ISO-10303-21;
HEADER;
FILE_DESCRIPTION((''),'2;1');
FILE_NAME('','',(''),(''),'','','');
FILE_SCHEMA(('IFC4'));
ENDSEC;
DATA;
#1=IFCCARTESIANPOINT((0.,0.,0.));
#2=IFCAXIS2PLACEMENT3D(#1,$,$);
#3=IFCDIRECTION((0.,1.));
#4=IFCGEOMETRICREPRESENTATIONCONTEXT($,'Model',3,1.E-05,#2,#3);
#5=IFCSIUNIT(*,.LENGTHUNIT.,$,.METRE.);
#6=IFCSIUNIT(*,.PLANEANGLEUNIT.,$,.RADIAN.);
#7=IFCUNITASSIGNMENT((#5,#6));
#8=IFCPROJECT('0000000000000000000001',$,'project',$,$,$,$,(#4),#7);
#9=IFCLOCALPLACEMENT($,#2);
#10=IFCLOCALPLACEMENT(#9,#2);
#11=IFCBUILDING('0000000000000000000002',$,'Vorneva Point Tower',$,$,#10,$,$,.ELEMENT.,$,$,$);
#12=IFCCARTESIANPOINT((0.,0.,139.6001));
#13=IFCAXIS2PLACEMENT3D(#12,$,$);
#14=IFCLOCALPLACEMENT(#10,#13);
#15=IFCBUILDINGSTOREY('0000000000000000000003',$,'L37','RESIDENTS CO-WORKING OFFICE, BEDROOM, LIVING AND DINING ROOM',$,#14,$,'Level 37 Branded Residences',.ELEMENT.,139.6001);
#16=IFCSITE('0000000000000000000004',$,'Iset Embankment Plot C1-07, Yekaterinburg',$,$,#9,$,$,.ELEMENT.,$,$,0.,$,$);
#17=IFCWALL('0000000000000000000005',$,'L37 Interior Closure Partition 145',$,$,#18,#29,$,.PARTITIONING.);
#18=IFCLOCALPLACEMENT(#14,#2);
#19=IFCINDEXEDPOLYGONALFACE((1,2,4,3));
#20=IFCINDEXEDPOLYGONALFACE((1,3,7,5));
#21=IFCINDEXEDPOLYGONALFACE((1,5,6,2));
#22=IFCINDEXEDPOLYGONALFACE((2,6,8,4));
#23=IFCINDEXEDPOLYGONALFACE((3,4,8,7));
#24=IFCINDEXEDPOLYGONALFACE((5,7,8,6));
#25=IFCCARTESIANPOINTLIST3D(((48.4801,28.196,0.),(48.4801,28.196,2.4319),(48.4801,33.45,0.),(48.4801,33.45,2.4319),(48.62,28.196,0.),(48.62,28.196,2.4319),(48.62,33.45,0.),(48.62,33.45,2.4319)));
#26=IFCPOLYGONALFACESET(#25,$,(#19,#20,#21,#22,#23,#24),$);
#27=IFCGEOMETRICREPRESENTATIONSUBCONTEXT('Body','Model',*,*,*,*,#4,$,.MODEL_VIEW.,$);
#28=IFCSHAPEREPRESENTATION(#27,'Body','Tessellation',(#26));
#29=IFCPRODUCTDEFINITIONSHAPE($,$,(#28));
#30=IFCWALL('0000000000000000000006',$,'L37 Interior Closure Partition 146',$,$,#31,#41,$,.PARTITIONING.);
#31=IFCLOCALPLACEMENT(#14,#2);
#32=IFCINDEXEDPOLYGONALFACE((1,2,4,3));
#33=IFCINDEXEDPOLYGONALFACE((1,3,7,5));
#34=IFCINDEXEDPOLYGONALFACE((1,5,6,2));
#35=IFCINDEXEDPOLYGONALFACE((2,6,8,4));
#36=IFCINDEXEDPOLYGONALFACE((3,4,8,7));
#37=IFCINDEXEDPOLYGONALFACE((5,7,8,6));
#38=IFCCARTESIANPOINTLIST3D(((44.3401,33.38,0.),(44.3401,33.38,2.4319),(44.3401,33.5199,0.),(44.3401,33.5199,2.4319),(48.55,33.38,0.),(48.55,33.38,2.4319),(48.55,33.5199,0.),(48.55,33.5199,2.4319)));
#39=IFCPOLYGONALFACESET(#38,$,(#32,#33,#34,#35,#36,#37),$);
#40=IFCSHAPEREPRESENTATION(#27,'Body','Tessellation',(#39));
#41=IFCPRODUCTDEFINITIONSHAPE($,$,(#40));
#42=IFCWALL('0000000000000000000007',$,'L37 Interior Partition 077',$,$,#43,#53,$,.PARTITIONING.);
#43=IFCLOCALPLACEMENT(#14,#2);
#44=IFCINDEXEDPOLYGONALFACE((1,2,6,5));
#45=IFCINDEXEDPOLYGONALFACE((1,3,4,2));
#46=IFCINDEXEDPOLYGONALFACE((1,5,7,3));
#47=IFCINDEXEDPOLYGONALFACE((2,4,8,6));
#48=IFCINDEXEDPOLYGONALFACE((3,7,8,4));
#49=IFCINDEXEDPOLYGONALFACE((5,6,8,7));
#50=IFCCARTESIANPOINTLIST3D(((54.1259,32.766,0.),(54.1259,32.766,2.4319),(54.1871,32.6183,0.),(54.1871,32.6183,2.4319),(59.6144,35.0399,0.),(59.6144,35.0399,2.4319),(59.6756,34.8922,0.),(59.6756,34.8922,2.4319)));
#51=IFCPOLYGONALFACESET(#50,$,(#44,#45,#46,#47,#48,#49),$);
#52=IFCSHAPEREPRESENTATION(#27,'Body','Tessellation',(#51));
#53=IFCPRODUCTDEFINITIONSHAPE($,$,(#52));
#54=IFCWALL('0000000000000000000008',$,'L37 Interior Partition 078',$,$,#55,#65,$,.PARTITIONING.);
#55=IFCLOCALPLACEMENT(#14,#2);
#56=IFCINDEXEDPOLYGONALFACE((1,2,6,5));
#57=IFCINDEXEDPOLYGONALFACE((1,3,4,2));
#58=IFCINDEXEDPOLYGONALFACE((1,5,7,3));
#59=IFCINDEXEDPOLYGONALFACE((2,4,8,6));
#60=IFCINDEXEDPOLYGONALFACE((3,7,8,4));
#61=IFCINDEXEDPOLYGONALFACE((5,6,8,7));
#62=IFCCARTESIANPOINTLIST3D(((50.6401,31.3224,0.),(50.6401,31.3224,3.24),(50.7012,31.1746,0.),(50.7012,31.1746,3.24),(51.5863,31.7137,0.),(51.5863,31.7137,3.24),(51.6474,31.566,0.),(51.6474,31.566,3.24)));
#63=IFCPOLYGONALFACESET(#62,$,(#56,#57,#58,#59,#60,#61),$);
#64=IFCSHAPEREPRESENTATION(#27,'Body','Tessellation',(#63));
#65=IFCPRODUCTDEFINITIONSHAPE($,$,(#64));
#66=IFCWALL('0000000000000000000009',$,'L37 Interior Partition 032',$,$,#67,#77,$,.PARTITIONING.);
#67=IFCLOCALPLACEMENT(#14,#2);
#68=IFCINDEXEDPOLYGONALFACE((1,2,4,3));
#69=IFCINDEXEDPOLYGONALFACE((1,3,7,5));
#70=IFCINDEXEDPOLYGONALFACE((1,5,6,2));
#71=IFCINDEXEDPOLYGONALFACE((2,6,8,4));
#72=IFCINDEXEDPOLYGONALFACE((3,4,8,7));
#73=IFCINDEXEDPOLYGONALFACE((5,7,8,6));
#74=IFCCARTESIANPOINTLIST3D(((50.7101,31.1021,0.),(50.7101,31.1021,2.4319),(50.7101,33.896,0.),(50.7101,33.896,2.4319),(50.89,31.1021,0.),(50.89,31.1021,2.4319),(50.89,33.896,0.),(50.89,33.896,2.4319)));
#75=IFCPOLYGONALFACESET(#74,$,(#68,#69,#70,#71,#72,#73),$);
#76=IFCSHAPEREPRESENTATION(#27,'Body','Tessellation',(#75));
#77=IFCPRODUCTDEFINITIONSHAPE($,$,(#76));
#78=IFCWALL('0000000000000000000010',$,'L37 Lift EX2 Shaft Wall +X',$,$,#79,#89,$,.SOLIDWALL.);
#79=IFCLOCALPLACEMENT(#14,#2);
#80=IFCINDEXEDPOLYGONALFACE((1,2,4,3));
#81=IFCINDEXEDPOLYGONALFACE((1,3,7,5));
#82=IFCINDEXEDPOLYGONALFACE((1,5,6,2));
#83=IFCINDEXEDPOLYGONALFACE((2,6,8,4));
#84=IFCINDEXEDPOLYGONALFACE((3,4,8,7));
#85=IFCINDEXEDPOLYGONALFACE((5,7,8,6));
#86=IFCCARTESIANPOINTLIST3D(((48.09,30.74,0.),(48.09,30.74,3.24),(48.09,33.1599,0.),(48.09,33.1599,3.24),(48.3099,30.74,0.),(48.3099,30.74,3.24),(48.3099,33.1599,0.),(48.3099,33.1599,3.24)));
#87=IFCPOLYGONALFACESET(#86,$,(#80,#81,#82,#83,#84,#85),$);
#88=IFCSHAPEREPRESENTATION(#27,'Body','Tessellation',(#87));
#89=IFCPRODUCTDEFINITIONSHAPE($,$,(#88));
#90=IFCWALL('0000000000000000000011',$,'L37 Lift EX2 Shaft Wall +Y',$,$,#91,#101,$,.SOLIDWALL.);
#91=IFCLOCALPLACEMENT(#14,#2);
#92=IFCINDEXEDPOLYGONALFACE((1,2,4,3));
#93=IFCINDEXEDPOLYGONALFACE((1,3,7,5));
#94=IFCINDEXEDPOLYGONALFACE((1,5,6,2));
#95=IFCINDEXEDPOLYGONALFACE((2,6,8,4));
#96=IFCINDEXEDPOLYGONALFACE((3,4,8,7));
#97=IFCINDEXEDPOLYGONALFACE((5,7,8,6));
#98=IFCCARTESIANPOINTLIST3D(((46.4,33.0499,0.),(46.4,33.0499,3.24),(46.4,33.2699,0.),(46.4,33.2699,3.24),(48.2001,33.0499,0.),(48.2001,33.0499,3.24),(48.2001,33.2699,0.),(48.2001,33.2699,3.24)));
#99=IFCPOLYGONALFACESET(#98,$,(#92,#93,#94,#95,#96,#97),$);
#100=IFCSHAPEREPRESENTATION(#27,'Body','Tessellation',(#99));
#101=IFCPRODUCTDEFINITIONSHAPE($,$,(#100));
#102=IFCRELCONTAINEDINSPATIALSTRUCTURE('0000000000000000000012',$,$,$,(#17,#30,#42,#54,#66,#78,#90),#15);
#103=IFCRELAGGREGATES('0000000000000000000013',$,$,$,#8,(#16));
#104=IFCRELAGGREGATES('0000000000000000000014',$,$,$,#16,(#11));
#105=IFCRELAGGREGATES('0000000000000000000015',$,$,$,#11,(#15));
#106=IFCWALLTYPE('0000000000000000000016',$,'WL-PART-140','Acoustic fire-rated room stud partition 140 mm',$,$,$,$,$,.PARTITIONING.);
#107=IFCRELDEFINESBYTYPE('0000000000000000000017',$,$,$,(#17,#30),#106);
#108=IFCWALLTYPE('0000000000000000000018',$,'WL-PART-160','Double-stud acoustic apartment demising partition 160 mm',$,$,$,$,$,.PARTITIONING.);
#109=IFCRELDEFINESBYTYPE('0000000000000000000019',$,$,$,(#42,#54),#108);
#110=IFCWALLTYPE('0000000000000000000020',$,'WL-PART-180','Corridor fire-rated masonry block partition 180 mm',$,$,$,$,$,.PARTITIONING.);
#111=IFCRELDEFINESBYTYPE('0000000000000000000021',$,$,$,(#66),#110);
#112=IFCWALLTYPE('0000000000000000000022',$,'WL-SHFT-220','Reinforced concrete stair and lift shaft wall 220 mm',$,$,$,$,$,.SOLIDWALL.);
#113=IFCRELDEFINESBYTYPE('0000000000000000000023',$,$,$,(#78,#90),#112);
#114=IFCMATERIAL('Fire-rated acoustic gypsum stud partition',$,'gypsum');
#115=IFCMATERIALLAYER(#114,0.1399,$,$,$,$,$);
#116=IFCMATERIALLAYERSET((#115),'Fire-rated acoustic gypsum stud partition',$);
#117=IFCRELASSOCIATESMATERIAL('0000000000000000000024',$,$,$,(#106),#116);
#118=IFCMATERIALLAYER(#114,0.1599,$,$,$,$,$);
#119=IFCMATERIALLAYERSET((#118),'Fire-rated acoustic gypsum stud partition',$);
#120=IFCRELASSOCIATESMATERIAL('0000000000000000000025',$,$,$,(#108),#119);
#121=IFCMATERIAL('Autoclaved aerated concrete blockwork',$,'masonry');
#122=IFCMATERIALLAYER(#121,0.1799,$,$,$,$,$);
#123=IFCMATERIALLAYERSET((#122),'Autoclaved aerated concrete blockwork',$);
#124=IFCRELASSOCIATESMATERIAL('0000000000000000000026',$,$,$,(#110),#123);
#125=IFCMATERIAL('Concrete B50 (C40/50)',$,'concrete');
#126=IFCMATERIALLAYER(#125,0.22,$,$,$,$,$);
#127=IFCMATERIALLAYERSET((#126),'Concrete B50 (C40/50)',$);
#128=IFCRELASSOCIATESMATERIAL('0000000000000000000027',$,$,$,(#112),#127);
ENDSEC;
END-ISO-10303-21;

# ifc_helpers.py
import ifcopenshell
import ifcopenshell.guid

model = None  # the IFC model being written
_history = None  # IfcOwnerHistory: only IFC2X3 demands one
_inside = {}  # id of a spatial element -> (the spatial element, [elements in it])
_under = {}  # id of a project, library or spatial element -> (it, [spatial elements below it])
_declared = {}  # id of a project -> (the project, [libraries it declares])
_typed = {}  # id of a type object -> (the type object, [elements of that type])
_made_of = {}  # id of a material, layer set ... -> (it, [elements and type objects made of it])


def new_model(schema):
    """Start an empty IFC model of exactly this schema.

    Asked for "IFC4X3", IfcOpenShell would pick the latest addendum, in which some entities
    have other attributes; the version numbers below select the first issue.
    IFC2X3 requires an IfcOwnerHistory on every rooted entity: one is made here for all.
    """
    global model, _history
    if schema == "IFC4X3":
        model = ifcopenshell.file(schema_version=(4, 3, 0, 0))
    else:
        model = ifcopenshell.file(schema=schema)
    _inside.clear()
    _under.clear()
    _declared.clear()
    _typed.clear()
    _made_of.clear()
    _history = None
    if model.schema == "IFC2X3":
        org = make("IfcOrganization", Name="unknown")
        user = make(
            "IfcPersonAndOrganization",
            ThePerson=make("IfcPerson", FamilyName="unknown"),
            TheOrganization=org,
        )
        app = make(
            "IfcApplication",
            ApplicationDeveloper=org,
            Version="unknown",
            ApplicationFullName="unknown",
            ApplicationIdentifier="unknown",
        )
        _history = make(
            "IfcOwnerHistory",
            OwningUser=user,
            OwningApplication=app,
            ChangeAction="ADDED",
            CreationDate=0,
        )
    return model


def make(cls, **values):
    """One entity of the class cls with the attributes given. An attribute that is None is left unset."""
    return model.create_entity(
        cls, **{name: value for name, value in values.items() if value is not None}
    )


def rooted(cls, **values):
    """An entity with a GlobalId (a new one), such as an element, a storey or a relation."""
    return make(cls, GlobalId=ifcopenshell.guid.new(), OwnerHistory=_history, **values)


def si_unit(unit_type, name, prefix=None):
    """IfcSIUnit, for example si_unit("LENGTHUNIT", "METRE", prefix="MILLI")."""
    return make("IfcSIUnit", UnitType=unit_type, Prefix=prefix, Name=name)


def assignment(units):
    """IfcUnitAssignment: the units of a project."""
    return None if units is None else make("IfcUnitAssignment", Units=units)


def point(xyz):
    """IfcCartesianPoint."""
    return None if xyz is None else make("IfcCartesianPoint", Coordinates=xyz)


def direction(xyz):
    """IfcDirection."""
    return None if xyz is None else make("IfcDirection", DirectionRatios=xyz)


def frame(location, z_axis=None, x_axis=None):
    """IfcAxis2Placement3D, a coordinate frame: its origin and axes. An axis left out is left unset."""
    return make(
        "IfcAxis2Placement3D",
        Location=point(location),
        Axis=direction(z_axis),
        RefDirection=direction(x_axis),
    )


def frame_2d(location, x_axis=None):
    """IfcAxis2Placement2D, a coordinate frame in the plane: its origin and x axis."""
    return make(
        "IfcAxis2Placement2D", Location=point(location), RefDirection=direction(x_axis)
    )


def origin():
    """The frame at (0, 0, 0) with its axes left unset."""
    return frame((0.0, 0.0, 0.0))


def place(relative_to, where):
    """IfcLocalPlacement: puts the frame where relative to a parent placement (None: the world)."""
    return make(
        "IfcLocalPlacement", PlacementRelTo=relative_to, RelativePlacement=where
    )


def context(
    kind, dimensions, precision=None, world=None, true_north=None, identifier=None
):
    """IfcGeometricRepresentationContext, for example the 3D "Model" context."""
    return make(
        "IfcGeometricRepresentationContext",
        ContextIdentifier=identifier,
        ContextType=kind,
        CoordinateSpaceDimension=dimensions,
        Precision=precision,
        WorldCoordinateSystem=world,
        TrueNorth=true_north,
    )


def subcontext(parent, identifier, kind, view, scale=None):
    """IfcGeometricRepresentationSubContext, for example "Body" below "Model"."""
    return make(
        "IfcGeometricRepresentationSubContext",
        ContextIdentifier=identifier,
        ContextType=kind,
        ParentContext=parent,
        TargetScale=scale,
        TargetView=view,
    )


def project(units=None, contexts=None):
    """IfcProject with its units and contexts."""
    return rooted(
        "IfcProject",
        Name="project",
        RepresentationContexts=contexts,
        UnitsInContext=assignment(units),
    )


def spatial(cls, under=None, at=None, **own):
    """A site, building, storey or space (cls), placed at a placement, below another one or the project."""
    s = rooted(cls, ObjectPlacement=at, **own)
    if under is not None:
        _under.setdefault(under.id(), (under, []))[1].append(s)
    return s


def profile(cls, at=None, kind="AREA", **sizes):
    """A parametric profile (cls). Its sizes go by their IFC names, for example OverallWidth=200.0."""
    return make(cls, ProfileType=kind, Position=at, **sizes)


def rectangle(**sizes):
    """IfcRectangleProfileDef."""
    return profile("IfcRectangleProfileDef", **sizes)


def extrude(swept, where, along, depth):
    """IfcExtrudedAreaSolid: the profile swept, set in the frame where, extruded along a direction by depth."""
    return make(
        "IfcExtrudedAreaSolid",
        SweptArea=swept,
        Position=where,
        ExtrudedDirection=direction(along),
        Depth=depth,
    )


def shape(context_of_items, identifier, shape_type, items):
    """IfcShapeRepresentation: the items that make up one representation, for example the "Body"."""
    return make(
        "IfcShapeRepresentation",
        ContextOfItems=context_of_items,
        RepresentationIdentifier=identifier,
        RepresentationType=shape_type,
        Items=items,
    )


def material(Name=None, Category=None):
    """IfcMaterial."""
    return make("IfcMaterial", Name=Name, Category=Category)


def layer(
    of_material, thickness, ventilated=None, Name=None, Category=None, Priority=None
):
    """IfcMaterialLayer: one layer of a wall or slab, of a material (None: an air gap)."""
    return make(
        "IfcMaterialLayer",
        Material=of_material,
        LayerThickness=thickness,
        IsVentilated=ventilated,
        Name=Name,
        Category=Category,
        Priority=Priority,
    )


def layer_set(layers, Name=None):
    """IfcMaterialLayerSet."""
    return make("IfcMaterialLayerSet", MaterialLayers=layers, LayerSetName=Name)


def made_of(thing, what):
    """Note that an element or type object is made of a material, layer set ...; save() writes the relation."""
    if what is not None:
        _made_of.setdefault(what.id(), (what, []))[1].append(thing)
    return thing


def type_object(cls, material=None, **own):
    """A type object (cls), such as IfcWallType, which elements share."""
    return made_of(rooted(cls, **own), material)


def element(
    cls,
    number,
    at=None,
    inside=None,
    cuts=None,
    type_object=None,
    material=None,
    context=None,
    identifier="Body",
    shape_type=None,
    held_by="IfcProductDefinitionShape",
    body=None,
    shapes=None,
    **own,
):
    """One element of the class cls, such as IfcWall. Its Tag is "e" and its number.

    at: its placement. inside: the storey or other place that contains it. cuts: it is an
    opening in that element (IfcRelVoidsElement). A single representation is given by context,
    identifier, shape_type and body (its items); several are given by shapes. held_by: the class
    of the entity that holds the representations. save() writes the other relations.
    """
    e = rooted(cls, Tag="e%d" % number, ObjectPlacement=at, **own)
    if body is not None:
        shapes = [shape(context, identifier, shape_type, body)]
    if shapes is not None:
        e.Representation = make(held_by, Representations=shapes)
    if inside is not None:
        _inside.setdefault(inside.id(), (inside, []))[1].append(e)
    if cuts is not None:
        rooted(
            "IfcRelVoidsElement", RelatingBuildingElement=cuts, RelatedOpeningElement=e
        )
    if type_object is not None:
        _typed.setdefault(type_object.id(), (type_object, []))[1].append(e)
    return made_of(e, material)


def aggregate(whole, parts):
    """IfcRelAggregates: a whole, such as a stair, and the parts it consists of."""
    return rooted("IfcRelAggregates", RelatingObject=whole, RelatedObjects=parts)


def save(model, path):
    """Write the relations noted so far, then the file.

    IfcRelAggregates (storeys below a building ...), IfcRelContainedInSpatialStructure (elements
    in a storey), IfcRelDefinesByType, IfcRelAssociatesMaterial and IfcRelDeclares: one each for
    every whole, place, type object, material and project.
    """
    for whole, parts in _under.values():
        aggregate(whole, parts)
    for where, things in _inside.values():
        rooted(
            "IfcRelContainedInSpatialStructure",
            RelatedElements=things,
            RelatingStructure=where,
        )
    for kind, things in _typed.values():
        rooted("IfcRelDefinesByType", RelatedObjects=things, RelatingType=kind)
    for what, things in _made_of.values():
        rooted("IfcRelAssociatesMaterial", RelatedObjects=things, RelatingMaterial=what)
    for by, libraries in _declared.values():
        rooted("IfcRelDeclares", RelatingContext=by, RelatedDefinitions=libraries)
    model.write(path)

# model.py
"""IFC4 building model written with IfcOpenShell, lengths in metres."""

from ifc_helpers import new_model, si_unit, direction, frame, frame_2d, origin, place, context, subcontext, project, spatial, rectangle, extrude, material, layer, layer_set, type_object, element, save


model = new_model("IFC4")

# Units and contexts
model_context = context("Model", 3, precision=1e-05, world=origin(), true_north=direction((0.0, 1.0)))
body_context = subcontext(model_context, "Body", "Model", "MODEL_VIEW")
ifc_project = project(units=[si_unit("LENGTHUNIT", "METRE"), si_unit("PLANEANGLEUNIT", "RADIAN")], contexts=[model_context])

# Site, building, storey
site_placement = place(None, origin())
site = spatial("IfcSite", under=ifc_project, at=site_placement, Name="Iset Embankment Plot C1-07, Yekaterinburg", CompositionType="ELEMENT", RefElevation=0.0)
building_placement = place(site_placement, origin())
building = spatial("IfcBuilding", under=site, at=building_placement, Name="Vorneva Point Tower", CompositionType="ELEMENT")
storey_placement = place(building_placement, frame((0.0, 0.0, 139.6001)))
storey = spatial("IfcBuildingStorey", under=building, at=storey_placement, Name="L37", Description="RESIDENTS CO-WORKING OFFICE, BEDROOM, LIVING AND DINING ROOM", LongName="Level 37 Branded Residences", CompositionType="ELEMENT", Elevation=139.6001)

# Shared definitions
ifc_material_1 = material(Name="Fire-rated acoustic gypsum stud partition", Category="gypsum")

# Walls
ifc_layer_1 = layer(ifc_material_1, 0.1399)
ifc_layer_set_1 = layer_set([ifc_layer_1], Name="Fire-rated acoustic gypsum stud partition")
wall_type_1 = type_object("IfcWallType", Name="WL-PART-140", Description="Acoustic fire-rated room stud partition 140 mm", PredefinedType="PARTITIONING", material=ifc_layer_set_1)
wall_1_placement = place(storey_placement, frame((48.55, 28.196, 0.0), z_axis=(0.0, 0.0, 1.0), x_axis=(0.0, 1.0, 0.0)))
element("IfcWall", 1, at=wall_1_placement, inside=storey, type_object=wall_type_1, Name="L37 Interior Closure Partition 145", PredefinedType="PARTITIONING", context=body_context, shape_type="SweptSolid", body=[
    extrude(rectangle(XDim=5.2539, YDim=0.1399, at=frame_2d((2.627, 0.0))), origin(), (0.0, 0.0, 1.0), 2.4319),
])
wall_2_placement = place(storey_placement, frame((48.55, 33.45, 0.0), z_axis=(0.0, 0.0, 1.0), x_axis=(-1.0, 0.0, 0.0)))
element("IfcWall", 2, at=wall_2_placement, inside=storey, type_object=wall_type_1, Name="L37 Interior Closure Partition 146", PredefinedType="PARTITIONING", context=body_context, shape_type="SweptSolid", body=[
    extrude(rectangle(XDim=4.21, YDim=0.1399, at=frame_2d((2.105, 0.0))), origin(), (0.0, 0.0, 1.0), 2.4319),
])
ifc_layer_2 = layer(ifc_material_1, 0.1599)
ifc_layer_set_2 = layer_set([ifc_layer_2], Name="Fire-rated acoustic gypsum stud partition")
wall_type_2 = type_object("IfcWallType", Name="WL-PART-160", Description="Double-stud acoustic apartment demising partition 160 mm", PredefinedType="PARTITIONING", material=ifc_layer_set_2)
wall_3_placement = place(storey_placement, frame((54.1565, 32.6921, 0.0), z_axis=(0.0, 0.0, 1.0), x_axis=(0.92385, 0.382756, 0.0)))
element("IfcWall", 3, at=wall_3_placement, inside=storey, type_object=wall_type_2, Name="L37 Interior Partition 077", PredefinedType="PARTITIONING", context=body_context, shape_type="SweptSolid", body=[
    extrude(rectangle(XDim=5.9409, YDim=0.1599, at=frame_2d((2.9705, 0.0))), origin(), (0.0, 0.0, 1.0), 2.4319),
])
wall_4_placement = place(storey_placement, frame((50.6707, 31.2485, 0.0), z_axis=(0.0, 0.0, 1.0), x_axis=(0.924089, 0.382176, 0.0)))
element("IfcWall", 4, at=wall_4_placement, inside=storey, type_object=wall_type_2, Name="L37 Interior Partition 078", PredefinedType="PARTITIONING", context=body_context, shape_type="SweptSolid", body=[
    extrude(rectangle(XDim=1.0239, YDim=0.1599, at=frame_2d((0.512, 0.0))), origin(), (0.0, 0.0, 1.0), 3.24),
])

# Shared definitions
ifc_material_2 = material(Name="Autoclaved aerated concrete blockwork", Category="masonry")
ifc_layer_3 = layer(ifc_material_2, 0.1799)
ifc_layer_set_3 = layer_set([ifc_layer_3], Name="Autoclaved aerated concrete blockwork")
wall_type_3 = type_object("IfcWallType", Name="WL-PART-180", Description="Corridor fire-rated masonry block partition 180 mm", PredefinedType="PARTITIONING", material=ifc_layer_set_3)

# Walls
wall_5_placement = place(storey_placement, frame((50.8, 31.1021, 0.0), z_axis=(0.0, 0.0, 1.0), x_axis=(0.0, 1.0, 0.0)))
element("IfcWall", 5, at=wall_5_placement, inside=storey, type_object=wall_type_3, Name="L37 Interior Partition 032", PredefinedType="PARTITIONING", context=body_context, shape_type="SweptSolid", body=[
    extrude(rectangle(XDim=2.7939, YDim=0.1799, at=frame_2d((1.397, 0.0))), origin(), (0.0, 0.0, 1.0), 2.4319),
])
ifc_material_3 = material(Name="Concrete B50 (C40/50)", Category="concrete")
ifc_layer_4 = layer(ifc_material_3, 0.22)
ifc_layer_set_4 = layer_set([ifc_layer_4], Name="Concrete B50 (C40/50)")
wall_type_4 = type_object("IfcWallType", Name="WL-SHFT-220", Description="Reinforced concrete stair and lift shaft wall 220 mm", PredefinedType="SOLIDWALL", material=ifc_layer_set_4)
wall_6_placement = place(storey_placement, frame((48.2, 30.74, 0.0), z_axis=(0.0, 0.0, 1.0), x_axis=(0.0, 1.0, 0.0)))
element("IfcWall", 6, at=wall_6_placement, inside=storey, type_object=wall_type_4, Name="L37 Lift EX2 Shaft Wall +X", PredefinedType="SOLIDWALL", context=body_context, shape_type="SweptSolid", body=[
    extrude(rectangle(XDim=2.4199, YDim=0.22, at=frame_2d((1.21, 0.0))), origin(), (0.0, 0.0, 1.0), 3.24),
])
wall_7_placement = place(storey_placement, frame((48.2, 33.1599, 0.0), z_axis=(0.0, 0.0, 1.0), x_axis=(-1.0, 0.0, 0.0)))
element("IfcWall", 7, at=wall_7_placement, inside=storey, type_object=wall_type_4, Name="L37 Lift EX2 Shaft Wall +Y", PredefinedType="SOLIDWALL", context=body_context, shape_type="SweptSolid", body=[
    extrude(rectangle(XDim=1.8, YDim=0.22, at=frame_2d((0.8999, 0.0))), origin(), (0.0, 0.0, 1.0), 3.24),
])

save(model, "model.ifc")
